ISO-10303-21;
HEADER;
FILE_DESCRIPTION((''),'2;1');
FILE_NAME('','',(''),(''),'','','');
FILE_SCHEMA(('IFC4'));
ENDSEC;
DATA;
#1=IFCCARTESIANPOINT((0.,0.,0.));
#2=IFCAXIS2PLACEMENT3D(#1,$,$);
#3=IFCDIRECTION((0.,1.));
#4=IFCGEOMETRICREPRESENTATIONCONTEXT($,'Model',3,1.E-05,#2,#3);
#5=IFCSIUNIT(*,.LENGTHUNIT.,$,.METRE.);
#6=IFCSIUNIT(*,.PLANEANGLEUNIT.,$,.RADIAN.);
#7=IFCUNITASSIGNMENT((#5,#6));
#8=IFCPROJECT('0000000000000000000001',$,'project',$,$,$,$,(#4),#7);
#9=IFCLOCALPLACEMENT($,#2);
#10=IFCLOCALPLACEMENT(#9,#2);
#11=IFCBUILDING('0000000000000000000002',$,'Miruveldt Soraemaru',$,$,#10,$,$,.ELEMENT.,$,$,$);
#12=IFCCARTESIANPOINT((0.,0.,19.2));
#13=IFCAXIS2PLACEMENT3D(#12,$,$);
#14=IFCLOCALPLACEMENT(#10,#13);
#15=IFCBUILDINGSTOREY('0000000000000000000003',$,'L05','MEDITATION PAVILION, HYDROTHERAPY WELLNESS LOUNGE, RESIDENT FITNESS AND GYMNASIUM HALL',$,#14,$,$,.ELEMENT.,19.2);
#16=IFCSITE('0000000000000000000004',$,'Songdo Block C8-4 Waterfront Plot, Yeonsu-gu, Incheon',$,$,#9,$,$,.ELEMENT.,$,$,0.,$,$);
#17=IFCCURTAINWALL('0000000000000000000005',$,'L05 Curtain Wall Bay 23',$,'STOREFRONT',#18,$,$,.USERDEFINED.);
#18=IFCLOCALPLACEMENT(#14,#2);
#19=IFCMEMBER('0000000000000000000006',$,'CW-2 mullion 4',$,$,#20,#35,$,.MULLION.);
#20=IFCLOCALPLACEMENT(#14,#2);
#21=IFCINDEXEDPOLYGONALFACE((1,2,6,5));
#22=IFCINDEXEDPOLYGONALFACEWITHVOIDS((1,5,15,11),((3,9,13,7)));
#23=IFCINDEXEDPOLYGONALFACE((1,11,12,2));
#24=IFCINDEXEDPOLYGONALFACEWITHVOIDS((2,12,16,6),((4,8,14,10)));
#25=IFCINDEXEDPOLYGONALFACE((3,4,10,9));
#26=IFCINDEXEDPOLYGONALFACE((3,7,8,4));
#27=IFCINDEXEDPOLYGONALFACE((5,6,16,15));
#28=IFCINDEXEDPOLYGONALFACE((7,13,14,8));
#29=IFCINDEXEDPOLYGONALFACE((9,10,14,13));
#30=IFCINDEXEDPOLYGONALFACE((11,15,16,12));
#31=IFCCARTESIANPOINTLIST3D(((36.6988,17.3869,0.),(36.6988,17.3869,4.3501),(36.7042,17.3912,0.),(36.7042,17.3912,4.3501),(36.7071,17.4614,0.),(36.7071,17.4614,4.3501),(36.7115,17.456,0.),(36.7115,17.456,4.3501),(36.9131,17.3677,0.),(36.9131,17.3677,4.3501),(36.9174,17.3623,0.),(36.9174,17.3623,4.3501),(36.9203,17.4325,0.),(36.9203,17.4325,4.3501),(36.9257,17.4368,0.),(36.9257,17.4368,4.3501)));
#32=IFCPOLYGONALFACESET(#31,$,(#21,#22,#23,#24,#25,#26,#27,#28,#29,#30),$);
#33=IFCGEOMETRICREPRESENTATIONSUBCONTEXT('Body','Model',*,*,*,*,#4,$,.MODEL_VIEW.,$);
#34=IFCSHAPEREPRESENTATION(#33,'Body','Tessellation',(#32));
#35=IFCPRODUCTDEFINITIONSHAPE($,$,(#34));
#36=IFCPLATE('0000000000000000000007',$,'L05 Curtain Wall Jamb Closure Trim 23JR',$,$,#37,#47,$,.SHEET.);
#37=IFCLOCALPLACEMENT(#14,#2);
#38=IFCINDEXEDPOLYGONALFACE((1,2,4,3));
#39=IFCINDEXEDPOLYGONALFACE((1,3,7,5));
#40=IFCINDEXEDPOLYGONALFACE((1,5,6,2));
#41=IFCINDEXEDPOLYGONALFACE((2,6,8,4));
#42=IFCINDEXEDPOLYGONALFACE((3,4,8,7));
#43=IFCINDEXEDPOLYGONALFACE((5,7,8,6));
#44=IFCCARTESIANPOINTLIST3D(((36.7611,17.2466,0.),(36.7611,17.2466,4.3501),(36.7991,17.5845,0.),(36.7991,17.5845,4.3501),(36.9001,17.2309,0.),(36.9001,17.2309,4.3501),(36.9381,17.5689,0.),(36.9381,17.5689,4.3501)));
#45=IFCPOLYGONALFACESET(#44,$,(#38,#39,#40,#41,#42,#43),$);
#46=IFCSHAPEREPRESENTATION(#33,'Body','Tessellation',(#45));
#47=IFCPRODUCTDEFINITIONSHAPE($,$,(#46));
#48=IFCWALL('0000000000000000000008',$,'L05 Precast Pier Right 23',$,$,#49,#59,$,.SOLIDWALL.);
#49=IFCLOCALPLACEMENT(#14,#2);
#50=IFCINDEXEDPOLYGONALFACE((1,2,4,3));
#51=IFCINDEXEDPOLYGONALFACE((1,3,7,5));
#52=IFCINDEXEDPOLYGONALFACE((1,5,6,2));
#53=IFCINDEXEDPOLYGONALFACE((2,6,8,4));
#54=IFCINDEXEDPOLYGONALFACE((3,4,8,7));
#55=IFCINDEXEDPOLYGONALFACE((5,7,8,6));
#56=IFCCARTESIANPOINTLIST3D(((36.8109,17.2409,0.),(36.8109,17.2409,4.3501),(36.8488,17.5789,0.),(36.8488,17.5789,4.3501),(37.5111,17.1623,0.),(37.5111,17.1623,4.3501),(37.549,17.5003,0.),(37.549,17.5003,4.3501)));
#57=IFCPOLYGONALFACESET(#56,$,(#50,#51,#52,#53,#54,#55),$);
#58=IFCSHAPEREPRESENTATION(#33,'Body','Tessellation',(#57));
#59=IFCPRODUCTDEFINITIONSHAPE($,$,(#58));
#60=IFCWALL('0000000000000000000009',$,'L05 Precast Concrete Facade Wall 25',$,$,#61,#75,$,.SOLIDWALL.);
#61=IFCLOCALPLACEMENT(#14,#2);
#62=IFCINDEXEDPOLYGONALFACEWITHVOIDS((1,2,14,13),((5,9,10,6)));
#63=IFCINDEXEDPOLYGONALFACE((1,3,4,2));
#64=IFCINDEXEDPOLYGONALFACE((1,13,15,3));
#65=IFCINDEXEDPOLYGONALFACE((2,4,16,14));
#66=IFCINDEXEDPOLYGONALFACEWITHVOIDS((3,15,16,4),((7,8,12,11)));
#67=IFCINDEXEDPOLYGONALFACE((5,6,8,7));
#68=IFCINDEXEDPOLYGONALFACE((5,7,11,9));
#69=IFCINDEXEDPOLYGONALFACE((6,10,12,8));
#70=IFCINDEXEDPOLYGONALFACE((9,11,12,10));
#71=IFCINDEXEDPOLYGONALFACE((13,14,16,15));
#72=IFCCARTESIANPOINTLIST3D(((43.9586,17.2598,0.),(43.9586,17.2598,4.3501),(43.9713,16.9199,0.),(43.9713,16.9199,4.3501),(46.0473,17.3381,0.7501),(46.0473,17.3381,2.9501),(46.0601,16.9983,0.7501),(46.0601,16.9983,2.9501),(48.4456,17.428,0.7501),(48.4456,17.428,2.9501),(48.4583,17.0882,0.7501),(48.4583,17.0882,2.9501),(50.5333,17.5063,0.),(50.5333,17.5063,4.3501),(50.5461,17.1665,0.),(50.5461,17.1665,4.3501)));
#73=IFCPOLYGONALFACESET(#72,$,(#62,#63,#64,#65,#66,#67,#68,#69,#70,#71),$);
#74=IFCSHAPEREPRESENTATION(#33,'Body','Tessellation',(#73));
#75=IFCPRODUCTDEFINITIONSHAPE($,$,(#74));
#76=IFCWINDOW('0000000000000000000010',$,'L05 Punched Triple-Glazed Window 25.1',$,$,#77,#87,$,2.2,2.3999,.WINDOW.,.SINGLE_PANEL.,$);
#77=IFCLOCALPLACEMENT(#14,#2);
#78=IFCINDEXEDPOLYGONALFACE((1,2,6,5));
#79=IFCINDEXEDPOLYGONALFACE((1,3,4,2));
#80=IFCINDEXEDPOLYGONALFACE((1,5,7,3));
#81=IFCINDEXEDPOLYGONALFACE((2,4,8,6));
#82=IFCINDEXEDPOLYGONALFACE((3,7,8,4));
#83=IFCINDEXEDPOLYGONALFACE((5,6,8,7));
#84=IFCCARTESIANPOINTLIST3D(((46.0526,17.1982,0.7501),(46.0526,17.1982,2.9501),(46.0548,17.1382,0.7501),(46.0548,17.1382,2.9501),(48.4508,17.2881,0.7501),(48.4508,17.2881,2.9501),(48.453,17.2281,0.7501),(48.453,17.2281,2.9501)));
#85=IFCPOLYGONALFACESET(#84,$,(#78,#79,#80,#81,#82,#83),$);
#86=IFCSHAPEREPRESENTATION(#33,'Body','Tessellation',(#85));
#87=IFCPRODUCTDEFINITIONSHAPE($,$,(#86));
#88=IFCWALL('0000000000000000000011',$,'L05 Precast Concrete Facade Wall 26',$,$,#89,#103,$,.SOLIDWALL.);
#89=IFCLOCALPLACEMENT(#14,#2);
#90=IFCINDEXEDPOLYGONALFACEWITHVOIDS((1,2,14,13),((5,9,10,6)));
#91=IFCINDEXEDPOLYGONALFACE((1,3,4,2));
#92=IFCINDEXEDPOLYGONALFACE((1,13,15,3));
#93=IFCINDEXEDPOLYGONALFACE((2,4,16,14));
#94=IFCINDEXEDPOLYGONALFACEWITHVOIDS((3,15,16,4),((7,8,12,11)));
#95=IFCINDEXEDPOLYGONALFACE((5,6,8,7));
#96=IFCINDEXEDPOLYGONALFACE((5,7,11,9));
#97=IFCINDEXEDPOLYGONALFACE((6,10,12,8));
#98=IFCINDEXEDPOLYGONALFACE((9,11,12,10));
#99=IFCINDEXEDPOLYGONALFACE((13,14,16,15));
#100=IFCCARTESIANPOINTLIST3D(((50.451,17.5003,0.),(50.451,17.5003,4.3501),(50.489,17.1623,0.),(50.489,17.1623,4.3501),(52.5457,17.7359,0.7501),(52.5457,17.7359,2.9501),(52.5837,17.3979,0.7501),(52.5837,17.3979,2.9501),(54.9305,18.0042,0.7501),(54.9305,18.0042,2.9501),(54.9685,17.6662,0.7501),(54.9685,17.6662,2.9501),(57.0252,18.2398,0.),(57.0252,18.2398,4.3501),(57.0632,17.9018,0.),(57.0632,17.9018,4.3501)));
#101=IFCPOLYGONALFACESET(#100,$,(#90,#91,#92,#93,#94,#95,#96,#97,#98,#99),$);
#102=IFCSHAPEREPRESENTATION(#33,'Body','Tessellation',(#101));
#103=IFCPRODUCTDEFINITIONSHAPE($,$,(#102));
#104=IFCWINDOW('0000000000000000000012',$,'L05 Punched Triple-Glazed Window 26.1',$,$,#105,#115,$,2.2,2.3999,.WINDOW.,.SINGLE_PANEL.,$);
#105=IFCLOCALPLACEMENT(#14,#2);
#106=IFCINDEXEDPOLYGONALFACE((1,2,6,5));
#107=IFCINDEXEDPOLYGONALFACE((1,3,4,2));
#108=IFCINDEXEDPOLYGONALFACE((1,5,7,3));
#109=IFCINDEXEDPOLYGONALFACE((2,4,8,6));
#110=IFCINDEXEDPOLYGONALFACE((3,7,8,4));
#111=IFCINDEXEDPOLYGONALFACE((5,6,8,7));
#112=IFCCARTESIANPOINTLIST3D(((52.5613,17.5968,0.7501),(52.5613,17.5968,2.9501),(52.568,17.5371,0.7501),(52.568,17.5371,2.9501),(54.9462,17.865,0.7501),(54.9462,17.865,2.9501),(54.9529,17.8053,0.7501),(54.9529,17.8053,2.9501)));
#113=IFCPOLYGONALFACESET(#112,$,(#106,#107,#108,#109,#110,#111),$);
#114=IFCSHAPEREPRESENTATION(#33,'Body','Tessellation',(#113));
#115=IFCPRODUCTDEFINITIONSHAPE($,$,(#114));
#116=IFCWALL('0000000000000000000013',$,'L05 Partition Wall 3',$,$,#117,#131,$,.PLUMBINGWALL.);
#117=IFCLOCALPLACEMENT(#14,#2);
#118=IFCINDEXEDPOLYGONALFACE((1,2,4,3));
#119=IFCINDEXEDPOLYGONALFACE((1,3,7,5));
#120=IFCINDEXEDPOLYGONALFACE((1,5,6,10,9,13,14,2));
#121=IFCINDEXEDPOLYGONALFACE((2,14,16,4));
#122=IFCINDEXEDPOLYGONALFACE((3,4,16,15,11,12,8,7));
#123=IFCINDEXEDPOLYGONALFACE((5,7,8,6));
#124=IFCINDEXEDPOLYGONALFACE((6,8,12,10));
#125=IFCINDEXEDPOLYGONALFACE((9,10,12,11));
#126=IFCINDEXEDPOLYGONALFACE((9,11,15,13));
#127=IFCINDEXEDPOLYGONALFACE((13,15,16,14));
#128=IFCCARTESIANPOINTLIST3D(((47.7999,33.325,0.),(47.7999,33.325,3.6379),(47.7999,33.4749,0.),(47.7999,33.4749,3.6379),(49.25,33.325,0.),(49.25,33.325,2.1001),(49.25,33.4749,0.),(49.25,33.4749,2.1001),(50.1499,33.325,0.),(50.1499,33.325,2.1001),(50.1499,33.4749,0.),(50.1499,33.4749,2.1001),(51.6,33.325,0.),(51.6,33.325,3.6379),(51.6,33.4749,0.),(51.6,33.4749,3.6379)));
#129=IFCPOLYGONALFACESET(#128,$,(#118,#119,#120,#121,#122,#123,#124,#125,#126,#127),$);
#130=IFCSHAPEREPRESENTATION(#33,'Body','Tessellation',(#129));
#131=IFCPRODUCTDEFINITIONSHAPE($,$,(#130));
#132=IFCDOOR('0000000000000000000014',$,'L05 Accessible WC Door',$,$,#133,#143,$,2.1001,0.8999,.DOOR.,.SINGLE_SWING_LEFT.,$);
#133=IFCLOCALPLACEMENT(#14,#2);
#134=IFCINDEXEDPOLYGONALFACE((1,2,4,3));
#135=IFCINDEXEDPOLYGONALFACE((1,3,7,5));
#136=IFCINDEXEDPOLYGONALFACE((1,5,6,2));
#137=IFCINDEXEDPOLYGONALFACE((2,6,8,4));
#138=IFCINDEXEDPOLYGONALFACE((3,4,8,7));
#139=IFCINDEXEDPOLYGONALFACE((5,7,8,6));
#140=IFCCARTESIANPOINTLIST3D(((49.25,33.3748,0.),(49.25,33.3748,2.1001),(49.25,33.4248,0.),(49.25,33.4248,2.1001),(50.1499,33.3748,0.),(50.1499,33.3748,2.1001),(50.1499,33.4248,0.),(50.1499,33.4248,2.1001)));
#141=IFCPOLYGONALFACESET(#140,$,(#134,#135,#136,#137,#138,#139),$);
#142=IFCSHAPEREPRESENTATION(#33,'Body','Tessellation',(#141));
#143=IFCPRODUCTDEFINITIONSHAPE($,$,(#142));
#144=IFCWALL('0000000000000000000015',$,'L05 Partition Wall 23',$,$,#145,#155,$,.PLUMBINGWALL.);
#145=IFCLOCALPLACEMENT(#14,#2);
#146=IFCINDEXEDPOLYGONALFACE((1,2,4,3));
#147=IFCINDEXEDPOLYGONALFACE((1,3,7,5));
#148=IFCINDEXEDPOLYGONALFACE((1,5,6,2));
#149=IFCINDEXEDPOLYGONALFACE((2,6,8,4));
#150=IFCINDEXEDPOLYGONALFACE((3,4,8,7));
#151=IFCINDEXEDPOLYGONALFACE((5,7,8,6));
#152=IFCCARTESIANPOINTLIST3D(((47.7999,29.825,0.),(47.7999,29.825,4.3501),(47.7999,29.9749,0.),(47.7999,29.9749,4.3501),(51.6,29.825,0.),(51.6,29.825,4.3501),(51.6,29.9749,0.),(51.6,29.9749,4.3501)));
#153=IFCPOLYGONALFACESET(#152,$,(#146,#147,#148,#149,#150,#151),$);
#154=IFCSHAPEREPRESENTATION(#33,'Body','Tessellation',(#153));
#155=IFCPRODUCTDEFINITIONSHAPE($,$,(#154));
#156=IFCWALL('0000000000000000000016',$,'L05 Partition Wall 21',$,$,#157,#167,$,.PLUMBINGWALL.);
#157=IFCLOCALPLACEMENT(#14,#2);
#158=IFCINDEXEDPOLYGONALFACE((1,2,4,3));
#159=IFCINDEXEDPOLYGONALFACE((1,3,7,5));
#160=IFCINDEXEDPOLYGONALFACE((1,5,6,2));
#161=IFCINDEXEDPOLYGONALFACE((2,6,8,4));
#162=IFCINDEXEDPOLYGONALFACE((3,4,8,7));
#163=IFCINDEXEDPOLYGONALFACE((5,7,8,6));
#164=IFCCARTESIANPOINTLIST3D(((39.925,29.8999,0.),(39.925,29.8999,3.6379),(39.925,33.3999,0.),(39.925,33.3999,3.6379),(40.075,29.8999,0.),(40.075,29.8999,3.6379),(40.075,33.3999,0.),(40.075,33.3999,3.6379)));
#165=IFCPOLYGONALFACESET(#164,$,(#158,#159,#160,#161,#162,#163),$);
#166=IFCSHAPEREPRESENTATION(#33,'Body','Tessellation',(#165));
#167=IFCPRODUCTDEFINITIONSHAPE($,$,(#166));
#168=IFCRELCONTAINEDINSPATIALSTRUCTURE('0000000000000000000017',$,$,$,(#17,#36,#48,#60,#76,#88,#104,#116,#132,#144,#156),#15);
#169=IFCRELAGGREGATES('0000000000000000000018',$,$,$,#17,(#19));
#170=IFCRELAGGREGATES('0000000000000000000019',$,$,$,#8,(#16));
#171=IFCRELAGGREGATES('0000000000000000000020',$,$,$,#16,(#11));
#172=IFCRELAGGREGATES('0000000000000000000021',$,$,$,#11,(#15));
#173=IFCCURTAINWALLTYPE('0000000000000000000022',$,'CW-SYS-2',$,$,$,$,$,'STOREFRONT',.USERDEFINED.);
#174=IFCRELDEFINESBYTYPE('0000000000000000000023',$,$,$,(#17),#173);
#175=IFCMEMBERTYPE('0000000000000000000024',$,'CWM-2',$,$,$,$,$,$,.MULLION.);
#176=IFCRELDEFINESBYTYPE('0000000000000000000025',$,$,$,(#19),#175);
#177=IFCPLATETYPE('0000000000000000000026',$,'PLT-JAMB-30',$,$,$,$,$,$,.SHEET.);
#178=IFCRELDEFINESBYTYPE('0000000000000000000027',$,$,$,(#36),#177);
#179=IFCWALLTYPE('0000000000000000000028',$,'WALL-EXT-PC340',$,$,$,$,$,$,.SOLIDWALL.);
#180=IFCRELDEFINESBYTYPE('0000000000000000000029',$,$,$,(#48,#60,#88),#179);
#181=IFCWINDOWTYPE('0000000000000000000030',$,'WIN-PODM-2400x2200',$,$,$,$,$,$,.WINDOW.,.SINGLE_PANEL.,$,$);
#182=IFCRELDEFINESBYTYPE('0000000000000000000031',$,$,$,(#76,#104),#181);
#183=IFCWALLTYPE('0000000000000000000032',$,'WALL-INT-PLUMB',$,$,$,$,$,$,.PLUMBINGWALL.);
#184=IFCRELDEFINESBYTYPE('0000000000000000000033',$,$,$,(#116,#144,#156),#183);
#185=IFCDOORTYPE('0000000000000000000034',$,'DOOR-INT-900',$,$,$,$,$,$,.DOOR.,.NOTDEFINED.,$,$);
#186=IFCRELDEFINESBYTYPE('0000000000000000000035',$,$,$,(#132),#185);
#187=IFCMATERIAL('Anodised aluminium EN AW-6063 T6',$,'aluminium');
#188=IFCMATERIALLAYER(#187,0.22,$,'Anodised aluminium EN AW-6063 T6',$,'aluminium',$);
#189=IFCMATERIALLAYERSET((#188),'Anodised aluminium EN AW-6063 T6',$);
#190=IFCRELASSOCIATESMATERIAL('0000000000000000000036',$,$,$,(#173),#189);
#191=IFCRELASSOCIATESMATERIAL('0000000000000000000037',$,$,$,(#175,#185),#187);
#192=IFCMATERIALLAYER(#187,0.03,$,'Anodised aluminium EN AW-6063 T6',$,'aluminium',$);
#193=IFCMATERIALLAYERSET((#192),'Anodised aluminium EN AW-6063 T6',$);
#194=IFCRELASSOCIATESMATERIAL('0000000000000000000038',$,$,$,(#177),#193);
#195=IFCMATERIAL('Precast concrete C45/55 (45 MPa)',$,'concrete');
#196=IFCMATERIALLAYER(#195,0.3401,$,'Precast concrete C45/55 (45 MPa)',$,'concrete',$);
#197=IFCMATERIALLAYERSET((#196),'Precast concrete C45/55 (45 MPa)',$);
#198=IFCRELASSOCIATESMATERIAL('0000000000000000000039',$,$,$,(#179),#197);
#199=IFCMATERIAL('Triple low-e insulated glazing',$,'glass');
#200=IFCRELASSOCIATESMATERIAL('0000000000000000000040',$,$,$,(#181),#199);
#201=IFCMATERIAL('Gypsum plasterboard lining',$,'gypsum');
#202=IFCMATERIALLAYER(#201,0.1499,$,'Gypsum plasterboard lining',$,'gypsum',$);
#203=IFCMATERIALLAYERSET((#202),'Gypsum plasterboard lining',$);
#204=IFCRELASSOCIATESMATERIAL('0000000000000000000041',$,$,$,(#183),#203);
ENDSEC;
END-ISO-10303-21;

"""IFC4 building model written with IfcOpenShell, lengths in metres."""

from ifc_helpers import new_model, si_unit, direction, frame, frame_2d, origin, origin_2d, place, context, subcontext, project, spatial, rectangle, hollow_rectangle, extrude, material, layer, layer_set, material_profile, profile_set, type_object, element, fill, aggregate, save


model = new_model("IFC4")

# Units and contexts
model_context = context("Model", 3, precision=1e-05, world=origin(), true_north=direction((0.0, 1.0)))
body_context = subcontext(model_context, "Body", "Model", "MODEL_VIEW")
ifc_project = project(units=[si_unit("LENGTHUNIT", "METRE"), si_unit("PLANEANGLEUNIT", "RADIAN")], contexts=[model_context])

# Site, building, storey
site_placement = place(None, origin())
site = spatial("IfcSite", under=ifc_project, at=site_placement, Name="Songdo Block C8-4 Waterfront Plot, Yeonsu-gu, Incheon", CompositionType="ELEMENT", RefElevation=0.0)
building_placement = place(site_placement, origin())
building = spatial("IfcBuilding", under=site, at=building_placement, Name="Miruveldt Soraemaru", CompositionType="ELEMENT")
storey_placement = place(building_placement, frame((0.0, 0.0, 19.2)))
storey = spatial("IfcBuildingStorey", under=building, at=storey_placement, Name="L05", Description="MEDITATION PAVILION, HYDROTHERAPY WELLNESS LOUNGE, RESIDENT FITNESS AND GYMNASIUM HALL", CompositionType="ELEMENT", Elevation=19.2)

# Curtain wall, member
ifc_material_1 = material(Name="Anodised aluminium EN AW-6063 T6", Category="aluminium")
ifc_layer_1 = layer(ifc_material_1, 0.22, Name="Anodised aluminium EN AW-6063 T6", Category="aluminium")
ifc_layer_set_1 = layer_set([ifc_layer_1], Name="Anodised aluminium EN AW-6063 T6")
curtain_wall_type = type_object("IfcCurtainWallType", Name="CW-SYS-2", ElementType="STOREFRONT", PredefinedType="USERDEFINED", material=ifc_layer_set_1)
curtain_wall_placement = place(storey_placement, origin())
curtain_wall = element("IfcCurtainWall", 1, at=curtain_wall_placement, inside=storey, type_object=curtain_wall_type, Name="L05 Curtain Wall Bay 23", ObjectType="STOREFRONT", PredefinedType="USERDEFINED")
ifc_material_profile_1 = material_profile(ifc_material_1, hollow_rectangle(XDim=0.075, YDim=0.22, WallThickness=0.0049, at=origin_2d()), Name="Anodised aluminium EN AW-6063 T6", Category="aluminium")
ifc_profile_set_1 = profile_set([ifc_material_profile_1], Name="Anodised aluminium EN AW-6063 T6")
member_type = type_object("IfcMemberType", Name="CWM-2", PredefinedType="MULLION", material=ifc_profile_set_1)
member_placement = place(storey_placement, frame((36.8123, 17.4119, 0.0), z_axis=(0.0, 0.0, 1.0), x_axis=(0.1118, 0.993731, 0.0)))
member = element("IfcMember", 2, at=member_placement, type_object=member_type, Name="CW-2 mullion 4", PredefinedType="MULLION", context=body_context, shape_type="SweptSolid", body=[
    extrude(hollow_rectangle(XDim=0.075, YDim=0.22, WallThickness=0.0049, at=origin_2d()), origin(), (0.0, 0.0, 1.0), 4.3501),
])
aggregate(curtain_wall, [member])

# Plate
ifc_layer_2 = layer(ifc_material_1, 0.03, Name="Anodised aluminium EN AW-6063 T6", Category="aluminium")
ifc_layer_set_2 = layer_set([ifc_layer_2], Name="Anodised aluminium EN AW-6063 T6")
plate_type = type_object("IfcPlateType", Name="PLT-JAMB-30", PredefinedType="SHEET", material=ifc_layer_set_2)
plate_placement = place(storey_placement, frame((36.8496, 17.4077, 0.0), z_axis=(0.0, 0.0, 1.0), x_axis=(0.993731, -0.111798, 0.0)))
element("IfcPlate", 3, at=plate_placement, inside=storey, type_object=plate_type, Name="L05 Curtain Wall Jamb Closure Trim 23JR", PredefinedType="SHEET", context=body_context, shape_type="SweptSolid", body=[
    extrude(rectangle(XDim=0.1399, YDim=0.3401, at=origin_2d()), origin(), (0.0, 0.0, 1.0), 4.3501),
])

# Wall
ifc_material_2 = material(Name="Precast concrete C45/55 (45 MPa)", Category="concrete")
ifc_layer_3 = layer(ifc_material_2, 0.3401, Name="Precast concrete C45/55 (45 MPa)", Category="concrete")
ifc_layer_set_3 = layer_set([ifc_layer_3], Name="Precast concrete C45/55 (45 MPa)")
wall_type_1 = type_object("IfcWallType", Name="WALL-EXT-PC340", PredefinedType="SOLIDWALL", material=ifc_layer_set_3)
wall_1_placement = place(storey_placement, frame((36.8298, 17.4099, 0.0), z_axis=(0.0, 0.0, 1.0), x_axis=(0.993756, -0.111572, 0.0)))
element("IfcWall", 4, at=wall_1_placement, inside=storey, type_object=wall_type_1, Name="L05 Precast Pier Right 23", PredefinedType="SOLIDWALL", context=body_context, shape_type="SweptSolid", body=[
    extrude(rectangle(XDim=0.7046, YDim=0.3401, at=frame_2d((0.3523, 0.0))), origin(), (0.0, 0.0, 1.0), 4.3501),
])

# Walls, openings, windows
wall_2_placement = place(storey_placement, frame((43.9651, 17.0898, 0.0), z_axis=(0.0, 0.0, 1.0), x_axis=(0.999297, 0.037478, 0.0)))
wall_2 = element("IfcWall", 5, at=wall_2_placement, inside=storey, type_object=wall_type_1, Name="L05 Precast Concrete Facade Wall 25", PredefinedType="SOLIDWALL", context=body_context, shape_type="SweptSolid", body=[
    extrude(rectangle(XDim=6.5793, YDim=0.3401, at=frame_2d((3.2896, 0.0))), origin(), (0.0, 0.0, 1.0), 4.3501),
])
opening_1_placement = place(wall_2_placement, frame((2.0901, 0.0, 0.75)))
opening_1 = element("IfcOpeningElement", 6, at=opening_1_placement, cuts=wall_2, PredefinedType="OPENING", context=body_context, shape_type="SweptSolid", body=[
    extrude(rectangle(XDim=2.3999, YDim=2.2, at=frame_2d((1.2, 1.1001))), frame((0.0, 0.1802, 0.0), z_axis=(0.0, -1.0, 0.0), x_axis=(1.0, 0.0, 0.0)), (0.0, 0.0, 1.0), 0.3601),
])
ifc_material_3 = material(Name="Triple low-e insulated glazing", Category="glass")
window_type = type_object("IfcWindowType", Name="WIN-PODM-2400x2200", PartitioningType="SINGLE_PANEL", PredefinedType="WINDOW", material=ifc_material_3)
window_1_placement = place(opening_1_placement, origin())
window_1 = element("IfcWindow", 7, at=window_1_placement, inside=storey, type_object=window_type, Name="L05 Punched Triple-Glazed Window 25.1", OverallHeight=2.2, OverallWidth=2.3999, PartitioningType="SINGLE_PANEL", PredefinedType="WINDOW", context=body_context, shape_type="SweptSolid", body=[
    extrude(rectangle(XDim=2.3999, YDim=2.2, at=frame_2d((1.2, 1.1001))), frame((0.0, 0.03, 0.0), z_axis=(0.0, -1.0, 0.0), x_axis=(1.0, 0.0, 0.0)), (0.0, 0.0, 1.0), 0.0601),
])
fill(opening_1, window_1)
wall_3_placement = place(storey_placement, frame((50.47, 17.3313, 0.0), z_axis=(0.0, 0.0, 1.0), x_axis=(0.993733, 0.11178, 0.0)))
wall_3 = element("IfcWall", 8, at=wall_3_placement, inside=storey, type_object=wall_type_1, Name="L05 Precast Concrete Facade Wall 26", PredefinedType="SOLIDWALL", context=body_context, shape_type="SweptSolid", body=[
    extrude(rectangle(XDim=6.6157, YDim=0.3401, at=frame_2d((3.3079, 0.0))), origin(), (0.0, 0.0, 1.0), 4.3501),
])
opening_2_placement = place(wall_3_placement, frame((2.1079, 0.0, 0.75)))
opening_2 = element("IfcOpeningElement", 9, at=opening_2_placement, cuts=wall_3, PredefinedType="OPENING", context=body_context, shape_type="SweptSolid", body=[
    extrude(rectangle(XDim=2.3999, YDim=2.2, at=frame_2d((1.2, 1.1001))), frame((0.0, 0.1802, 0.0), z_axis=(0.0, -1.0, 0.0), x_axis=(1.0, 0.0, 0.0)), (0.0, 0.0, 1.0), 0.3601),
])
window_2_placement = place(opening_2_placement, origin())
window_2 = element("IfcWindow", 10, at=window_2_placement, inside=storey, type_object=window_type, Name="L05 Punched Triple-Glazed Window 26.1", OverallHeight=2.2, OverallWidth=2.3999, PartitioningType="SINGLE_PANEL", PredefinedType="WINDOW", context=body_context, shape_type="SweptSolid", body=[
    extrude(rectangle(XDim=2.3999, YDim=2.2, at=frame_2d((1.2, 1.1001))), frame((0.0, 0.03, 0.0), z_axis=(0.0, -1.0, 0.0), x_axis=(1.0, 0.0, 0.0)), (0.0, 0.0, 1.0), 0.0601),
])
fill(opening_2, window_2)

# Wall, opening, door
ifc_material_4 = material(Name="Gypsum plasterboard lining", Category="gypsum")
ifc_layer_4 = layer(ifc_material_4, 0.1499, Name="Gypsum plasterboard lining", Category="gypsum")
ifc_layer_set_4 = layer_set([ifc_layer_4], Name="Gypsum plasterboard lining")
wall_type_2 = type_object("IfcWallType", Name="WALL-INT-PLUMB", PredefinedType="PLUMBINGWALL", material=ifc_layer_set_4)
wall_4_placement = place(storey_placement, frame((47.8, 33.3999, 0.0), z_axis=(0.0, 0.0, 1.0), x_axis=(1.0, 0.0, 0.0)))
wall_4 = element("IfcWall", 11, at=wall_4_placement, inside=storey, type_object=wall_type_2, Name="L05 Partition Wall 3", PredefinedType="PLUMBINGWALL", context=body_context, shape_type="SweptSolid", body=[
    extrude(rectangle(XDim=3.8, YDim=0.1499, at=frame_2d((1.8999, 0.0))), origin(), (0.0, 0.0, 1.0), 3.6379),
])
opening_3_placement = place(wall_4_placement, frame((1.45, 0.0, 0.0)))
opening_3 = element("IfcOpeningElement", 12, at=opening_3_placement, cuts=wall_4, PredefinedType="OPENING", context=body_context, shape_type="SweptSolid", body=[
    extrude(rectangle(XDim=0.8999, YDim=2.1001, at=frame_2d((0.45, 1.05))), frame((0.0, 0.085, 0.0), z_axis=(0.0, -1.0, 0.0), x_axis=(1.0, 0.0, 0.0)), (0.0, 0.0, 1.0), 0.1699),
])
door_type_1 = type_object("IfcDoorType", Name="DOOR-INT-900", OperationType="NOTDEFINED", PredefinedType="DOOR", material=ifc_material_1)
door_1_placement = place(opening_3_placement, origin())
door_1 = element("IfcDoor", 13, at=door_1_placement, inside=storey, type_object=door_type_1, Name="L05 Accessible WC Door", OperationType="SINGLE_SWING_LEFT", OverallHeight=2.1001, OverallWidth=0.8999, PredefinedType="DOOR", context=body_context, shape_type="SweptSolid", body=[
    extrude(rectangle(XDim=0.8999, YDim=2.1001, at=frame_2d((0.45, 1.05))), frame((0.0, 0.0249, 0.0), z_axis=(0.0, -1.0, 0.0), x_axis=(1.0, 0.0, 0.0)), (0.0, 0.0, 1.0), 0.05),
])
fill(opening_3, door_1)

# Walls
wall_5_placement = place(storey_placement, frame((47.8, 29.8999, 0.0), z_axis=(0.0, 0.0, 1.0), x_axis=(1.0, 0.0, 0.0)))
element("IfcWall", 14, at=wall_5_placement, inside=storey, type_object=wall_type_2, Name="L05 Partition Wall 23", PredefinedType="PLUMBINGWALL", context=body_context, shape_type="SweptSolid", body=[
    extrude(rectangle(XDim=3.8, YDim=0.1499, at=frame_2d((1.8999, 0.0))), origin(), (0.0, 0.0, 1.0), 4.3501),
])
wall_6_placement = place(storey_placement, frame((40.0, 29.8999, 0.0), z_axis=(0.0, 0.0, 1.0), x_axis=(0.0, 1.0, 0.0)))
element("IfcWall", 15, at=wall_6_placement, inside=storey, type_object=wall_type_2, Name="L05 Partition Wall 21", PredefinedType="PLUMBINGWALL", context=body_context, shape_type="SweptSolid", body=[
    extrude(rectangle(XDim=3.5, YDim=0.1499, at=frame_2d((1.75, 0.0))), origin(), (0.0, 0.0, 1.0), 3.6379),
])

save(model, "model.ifc")
